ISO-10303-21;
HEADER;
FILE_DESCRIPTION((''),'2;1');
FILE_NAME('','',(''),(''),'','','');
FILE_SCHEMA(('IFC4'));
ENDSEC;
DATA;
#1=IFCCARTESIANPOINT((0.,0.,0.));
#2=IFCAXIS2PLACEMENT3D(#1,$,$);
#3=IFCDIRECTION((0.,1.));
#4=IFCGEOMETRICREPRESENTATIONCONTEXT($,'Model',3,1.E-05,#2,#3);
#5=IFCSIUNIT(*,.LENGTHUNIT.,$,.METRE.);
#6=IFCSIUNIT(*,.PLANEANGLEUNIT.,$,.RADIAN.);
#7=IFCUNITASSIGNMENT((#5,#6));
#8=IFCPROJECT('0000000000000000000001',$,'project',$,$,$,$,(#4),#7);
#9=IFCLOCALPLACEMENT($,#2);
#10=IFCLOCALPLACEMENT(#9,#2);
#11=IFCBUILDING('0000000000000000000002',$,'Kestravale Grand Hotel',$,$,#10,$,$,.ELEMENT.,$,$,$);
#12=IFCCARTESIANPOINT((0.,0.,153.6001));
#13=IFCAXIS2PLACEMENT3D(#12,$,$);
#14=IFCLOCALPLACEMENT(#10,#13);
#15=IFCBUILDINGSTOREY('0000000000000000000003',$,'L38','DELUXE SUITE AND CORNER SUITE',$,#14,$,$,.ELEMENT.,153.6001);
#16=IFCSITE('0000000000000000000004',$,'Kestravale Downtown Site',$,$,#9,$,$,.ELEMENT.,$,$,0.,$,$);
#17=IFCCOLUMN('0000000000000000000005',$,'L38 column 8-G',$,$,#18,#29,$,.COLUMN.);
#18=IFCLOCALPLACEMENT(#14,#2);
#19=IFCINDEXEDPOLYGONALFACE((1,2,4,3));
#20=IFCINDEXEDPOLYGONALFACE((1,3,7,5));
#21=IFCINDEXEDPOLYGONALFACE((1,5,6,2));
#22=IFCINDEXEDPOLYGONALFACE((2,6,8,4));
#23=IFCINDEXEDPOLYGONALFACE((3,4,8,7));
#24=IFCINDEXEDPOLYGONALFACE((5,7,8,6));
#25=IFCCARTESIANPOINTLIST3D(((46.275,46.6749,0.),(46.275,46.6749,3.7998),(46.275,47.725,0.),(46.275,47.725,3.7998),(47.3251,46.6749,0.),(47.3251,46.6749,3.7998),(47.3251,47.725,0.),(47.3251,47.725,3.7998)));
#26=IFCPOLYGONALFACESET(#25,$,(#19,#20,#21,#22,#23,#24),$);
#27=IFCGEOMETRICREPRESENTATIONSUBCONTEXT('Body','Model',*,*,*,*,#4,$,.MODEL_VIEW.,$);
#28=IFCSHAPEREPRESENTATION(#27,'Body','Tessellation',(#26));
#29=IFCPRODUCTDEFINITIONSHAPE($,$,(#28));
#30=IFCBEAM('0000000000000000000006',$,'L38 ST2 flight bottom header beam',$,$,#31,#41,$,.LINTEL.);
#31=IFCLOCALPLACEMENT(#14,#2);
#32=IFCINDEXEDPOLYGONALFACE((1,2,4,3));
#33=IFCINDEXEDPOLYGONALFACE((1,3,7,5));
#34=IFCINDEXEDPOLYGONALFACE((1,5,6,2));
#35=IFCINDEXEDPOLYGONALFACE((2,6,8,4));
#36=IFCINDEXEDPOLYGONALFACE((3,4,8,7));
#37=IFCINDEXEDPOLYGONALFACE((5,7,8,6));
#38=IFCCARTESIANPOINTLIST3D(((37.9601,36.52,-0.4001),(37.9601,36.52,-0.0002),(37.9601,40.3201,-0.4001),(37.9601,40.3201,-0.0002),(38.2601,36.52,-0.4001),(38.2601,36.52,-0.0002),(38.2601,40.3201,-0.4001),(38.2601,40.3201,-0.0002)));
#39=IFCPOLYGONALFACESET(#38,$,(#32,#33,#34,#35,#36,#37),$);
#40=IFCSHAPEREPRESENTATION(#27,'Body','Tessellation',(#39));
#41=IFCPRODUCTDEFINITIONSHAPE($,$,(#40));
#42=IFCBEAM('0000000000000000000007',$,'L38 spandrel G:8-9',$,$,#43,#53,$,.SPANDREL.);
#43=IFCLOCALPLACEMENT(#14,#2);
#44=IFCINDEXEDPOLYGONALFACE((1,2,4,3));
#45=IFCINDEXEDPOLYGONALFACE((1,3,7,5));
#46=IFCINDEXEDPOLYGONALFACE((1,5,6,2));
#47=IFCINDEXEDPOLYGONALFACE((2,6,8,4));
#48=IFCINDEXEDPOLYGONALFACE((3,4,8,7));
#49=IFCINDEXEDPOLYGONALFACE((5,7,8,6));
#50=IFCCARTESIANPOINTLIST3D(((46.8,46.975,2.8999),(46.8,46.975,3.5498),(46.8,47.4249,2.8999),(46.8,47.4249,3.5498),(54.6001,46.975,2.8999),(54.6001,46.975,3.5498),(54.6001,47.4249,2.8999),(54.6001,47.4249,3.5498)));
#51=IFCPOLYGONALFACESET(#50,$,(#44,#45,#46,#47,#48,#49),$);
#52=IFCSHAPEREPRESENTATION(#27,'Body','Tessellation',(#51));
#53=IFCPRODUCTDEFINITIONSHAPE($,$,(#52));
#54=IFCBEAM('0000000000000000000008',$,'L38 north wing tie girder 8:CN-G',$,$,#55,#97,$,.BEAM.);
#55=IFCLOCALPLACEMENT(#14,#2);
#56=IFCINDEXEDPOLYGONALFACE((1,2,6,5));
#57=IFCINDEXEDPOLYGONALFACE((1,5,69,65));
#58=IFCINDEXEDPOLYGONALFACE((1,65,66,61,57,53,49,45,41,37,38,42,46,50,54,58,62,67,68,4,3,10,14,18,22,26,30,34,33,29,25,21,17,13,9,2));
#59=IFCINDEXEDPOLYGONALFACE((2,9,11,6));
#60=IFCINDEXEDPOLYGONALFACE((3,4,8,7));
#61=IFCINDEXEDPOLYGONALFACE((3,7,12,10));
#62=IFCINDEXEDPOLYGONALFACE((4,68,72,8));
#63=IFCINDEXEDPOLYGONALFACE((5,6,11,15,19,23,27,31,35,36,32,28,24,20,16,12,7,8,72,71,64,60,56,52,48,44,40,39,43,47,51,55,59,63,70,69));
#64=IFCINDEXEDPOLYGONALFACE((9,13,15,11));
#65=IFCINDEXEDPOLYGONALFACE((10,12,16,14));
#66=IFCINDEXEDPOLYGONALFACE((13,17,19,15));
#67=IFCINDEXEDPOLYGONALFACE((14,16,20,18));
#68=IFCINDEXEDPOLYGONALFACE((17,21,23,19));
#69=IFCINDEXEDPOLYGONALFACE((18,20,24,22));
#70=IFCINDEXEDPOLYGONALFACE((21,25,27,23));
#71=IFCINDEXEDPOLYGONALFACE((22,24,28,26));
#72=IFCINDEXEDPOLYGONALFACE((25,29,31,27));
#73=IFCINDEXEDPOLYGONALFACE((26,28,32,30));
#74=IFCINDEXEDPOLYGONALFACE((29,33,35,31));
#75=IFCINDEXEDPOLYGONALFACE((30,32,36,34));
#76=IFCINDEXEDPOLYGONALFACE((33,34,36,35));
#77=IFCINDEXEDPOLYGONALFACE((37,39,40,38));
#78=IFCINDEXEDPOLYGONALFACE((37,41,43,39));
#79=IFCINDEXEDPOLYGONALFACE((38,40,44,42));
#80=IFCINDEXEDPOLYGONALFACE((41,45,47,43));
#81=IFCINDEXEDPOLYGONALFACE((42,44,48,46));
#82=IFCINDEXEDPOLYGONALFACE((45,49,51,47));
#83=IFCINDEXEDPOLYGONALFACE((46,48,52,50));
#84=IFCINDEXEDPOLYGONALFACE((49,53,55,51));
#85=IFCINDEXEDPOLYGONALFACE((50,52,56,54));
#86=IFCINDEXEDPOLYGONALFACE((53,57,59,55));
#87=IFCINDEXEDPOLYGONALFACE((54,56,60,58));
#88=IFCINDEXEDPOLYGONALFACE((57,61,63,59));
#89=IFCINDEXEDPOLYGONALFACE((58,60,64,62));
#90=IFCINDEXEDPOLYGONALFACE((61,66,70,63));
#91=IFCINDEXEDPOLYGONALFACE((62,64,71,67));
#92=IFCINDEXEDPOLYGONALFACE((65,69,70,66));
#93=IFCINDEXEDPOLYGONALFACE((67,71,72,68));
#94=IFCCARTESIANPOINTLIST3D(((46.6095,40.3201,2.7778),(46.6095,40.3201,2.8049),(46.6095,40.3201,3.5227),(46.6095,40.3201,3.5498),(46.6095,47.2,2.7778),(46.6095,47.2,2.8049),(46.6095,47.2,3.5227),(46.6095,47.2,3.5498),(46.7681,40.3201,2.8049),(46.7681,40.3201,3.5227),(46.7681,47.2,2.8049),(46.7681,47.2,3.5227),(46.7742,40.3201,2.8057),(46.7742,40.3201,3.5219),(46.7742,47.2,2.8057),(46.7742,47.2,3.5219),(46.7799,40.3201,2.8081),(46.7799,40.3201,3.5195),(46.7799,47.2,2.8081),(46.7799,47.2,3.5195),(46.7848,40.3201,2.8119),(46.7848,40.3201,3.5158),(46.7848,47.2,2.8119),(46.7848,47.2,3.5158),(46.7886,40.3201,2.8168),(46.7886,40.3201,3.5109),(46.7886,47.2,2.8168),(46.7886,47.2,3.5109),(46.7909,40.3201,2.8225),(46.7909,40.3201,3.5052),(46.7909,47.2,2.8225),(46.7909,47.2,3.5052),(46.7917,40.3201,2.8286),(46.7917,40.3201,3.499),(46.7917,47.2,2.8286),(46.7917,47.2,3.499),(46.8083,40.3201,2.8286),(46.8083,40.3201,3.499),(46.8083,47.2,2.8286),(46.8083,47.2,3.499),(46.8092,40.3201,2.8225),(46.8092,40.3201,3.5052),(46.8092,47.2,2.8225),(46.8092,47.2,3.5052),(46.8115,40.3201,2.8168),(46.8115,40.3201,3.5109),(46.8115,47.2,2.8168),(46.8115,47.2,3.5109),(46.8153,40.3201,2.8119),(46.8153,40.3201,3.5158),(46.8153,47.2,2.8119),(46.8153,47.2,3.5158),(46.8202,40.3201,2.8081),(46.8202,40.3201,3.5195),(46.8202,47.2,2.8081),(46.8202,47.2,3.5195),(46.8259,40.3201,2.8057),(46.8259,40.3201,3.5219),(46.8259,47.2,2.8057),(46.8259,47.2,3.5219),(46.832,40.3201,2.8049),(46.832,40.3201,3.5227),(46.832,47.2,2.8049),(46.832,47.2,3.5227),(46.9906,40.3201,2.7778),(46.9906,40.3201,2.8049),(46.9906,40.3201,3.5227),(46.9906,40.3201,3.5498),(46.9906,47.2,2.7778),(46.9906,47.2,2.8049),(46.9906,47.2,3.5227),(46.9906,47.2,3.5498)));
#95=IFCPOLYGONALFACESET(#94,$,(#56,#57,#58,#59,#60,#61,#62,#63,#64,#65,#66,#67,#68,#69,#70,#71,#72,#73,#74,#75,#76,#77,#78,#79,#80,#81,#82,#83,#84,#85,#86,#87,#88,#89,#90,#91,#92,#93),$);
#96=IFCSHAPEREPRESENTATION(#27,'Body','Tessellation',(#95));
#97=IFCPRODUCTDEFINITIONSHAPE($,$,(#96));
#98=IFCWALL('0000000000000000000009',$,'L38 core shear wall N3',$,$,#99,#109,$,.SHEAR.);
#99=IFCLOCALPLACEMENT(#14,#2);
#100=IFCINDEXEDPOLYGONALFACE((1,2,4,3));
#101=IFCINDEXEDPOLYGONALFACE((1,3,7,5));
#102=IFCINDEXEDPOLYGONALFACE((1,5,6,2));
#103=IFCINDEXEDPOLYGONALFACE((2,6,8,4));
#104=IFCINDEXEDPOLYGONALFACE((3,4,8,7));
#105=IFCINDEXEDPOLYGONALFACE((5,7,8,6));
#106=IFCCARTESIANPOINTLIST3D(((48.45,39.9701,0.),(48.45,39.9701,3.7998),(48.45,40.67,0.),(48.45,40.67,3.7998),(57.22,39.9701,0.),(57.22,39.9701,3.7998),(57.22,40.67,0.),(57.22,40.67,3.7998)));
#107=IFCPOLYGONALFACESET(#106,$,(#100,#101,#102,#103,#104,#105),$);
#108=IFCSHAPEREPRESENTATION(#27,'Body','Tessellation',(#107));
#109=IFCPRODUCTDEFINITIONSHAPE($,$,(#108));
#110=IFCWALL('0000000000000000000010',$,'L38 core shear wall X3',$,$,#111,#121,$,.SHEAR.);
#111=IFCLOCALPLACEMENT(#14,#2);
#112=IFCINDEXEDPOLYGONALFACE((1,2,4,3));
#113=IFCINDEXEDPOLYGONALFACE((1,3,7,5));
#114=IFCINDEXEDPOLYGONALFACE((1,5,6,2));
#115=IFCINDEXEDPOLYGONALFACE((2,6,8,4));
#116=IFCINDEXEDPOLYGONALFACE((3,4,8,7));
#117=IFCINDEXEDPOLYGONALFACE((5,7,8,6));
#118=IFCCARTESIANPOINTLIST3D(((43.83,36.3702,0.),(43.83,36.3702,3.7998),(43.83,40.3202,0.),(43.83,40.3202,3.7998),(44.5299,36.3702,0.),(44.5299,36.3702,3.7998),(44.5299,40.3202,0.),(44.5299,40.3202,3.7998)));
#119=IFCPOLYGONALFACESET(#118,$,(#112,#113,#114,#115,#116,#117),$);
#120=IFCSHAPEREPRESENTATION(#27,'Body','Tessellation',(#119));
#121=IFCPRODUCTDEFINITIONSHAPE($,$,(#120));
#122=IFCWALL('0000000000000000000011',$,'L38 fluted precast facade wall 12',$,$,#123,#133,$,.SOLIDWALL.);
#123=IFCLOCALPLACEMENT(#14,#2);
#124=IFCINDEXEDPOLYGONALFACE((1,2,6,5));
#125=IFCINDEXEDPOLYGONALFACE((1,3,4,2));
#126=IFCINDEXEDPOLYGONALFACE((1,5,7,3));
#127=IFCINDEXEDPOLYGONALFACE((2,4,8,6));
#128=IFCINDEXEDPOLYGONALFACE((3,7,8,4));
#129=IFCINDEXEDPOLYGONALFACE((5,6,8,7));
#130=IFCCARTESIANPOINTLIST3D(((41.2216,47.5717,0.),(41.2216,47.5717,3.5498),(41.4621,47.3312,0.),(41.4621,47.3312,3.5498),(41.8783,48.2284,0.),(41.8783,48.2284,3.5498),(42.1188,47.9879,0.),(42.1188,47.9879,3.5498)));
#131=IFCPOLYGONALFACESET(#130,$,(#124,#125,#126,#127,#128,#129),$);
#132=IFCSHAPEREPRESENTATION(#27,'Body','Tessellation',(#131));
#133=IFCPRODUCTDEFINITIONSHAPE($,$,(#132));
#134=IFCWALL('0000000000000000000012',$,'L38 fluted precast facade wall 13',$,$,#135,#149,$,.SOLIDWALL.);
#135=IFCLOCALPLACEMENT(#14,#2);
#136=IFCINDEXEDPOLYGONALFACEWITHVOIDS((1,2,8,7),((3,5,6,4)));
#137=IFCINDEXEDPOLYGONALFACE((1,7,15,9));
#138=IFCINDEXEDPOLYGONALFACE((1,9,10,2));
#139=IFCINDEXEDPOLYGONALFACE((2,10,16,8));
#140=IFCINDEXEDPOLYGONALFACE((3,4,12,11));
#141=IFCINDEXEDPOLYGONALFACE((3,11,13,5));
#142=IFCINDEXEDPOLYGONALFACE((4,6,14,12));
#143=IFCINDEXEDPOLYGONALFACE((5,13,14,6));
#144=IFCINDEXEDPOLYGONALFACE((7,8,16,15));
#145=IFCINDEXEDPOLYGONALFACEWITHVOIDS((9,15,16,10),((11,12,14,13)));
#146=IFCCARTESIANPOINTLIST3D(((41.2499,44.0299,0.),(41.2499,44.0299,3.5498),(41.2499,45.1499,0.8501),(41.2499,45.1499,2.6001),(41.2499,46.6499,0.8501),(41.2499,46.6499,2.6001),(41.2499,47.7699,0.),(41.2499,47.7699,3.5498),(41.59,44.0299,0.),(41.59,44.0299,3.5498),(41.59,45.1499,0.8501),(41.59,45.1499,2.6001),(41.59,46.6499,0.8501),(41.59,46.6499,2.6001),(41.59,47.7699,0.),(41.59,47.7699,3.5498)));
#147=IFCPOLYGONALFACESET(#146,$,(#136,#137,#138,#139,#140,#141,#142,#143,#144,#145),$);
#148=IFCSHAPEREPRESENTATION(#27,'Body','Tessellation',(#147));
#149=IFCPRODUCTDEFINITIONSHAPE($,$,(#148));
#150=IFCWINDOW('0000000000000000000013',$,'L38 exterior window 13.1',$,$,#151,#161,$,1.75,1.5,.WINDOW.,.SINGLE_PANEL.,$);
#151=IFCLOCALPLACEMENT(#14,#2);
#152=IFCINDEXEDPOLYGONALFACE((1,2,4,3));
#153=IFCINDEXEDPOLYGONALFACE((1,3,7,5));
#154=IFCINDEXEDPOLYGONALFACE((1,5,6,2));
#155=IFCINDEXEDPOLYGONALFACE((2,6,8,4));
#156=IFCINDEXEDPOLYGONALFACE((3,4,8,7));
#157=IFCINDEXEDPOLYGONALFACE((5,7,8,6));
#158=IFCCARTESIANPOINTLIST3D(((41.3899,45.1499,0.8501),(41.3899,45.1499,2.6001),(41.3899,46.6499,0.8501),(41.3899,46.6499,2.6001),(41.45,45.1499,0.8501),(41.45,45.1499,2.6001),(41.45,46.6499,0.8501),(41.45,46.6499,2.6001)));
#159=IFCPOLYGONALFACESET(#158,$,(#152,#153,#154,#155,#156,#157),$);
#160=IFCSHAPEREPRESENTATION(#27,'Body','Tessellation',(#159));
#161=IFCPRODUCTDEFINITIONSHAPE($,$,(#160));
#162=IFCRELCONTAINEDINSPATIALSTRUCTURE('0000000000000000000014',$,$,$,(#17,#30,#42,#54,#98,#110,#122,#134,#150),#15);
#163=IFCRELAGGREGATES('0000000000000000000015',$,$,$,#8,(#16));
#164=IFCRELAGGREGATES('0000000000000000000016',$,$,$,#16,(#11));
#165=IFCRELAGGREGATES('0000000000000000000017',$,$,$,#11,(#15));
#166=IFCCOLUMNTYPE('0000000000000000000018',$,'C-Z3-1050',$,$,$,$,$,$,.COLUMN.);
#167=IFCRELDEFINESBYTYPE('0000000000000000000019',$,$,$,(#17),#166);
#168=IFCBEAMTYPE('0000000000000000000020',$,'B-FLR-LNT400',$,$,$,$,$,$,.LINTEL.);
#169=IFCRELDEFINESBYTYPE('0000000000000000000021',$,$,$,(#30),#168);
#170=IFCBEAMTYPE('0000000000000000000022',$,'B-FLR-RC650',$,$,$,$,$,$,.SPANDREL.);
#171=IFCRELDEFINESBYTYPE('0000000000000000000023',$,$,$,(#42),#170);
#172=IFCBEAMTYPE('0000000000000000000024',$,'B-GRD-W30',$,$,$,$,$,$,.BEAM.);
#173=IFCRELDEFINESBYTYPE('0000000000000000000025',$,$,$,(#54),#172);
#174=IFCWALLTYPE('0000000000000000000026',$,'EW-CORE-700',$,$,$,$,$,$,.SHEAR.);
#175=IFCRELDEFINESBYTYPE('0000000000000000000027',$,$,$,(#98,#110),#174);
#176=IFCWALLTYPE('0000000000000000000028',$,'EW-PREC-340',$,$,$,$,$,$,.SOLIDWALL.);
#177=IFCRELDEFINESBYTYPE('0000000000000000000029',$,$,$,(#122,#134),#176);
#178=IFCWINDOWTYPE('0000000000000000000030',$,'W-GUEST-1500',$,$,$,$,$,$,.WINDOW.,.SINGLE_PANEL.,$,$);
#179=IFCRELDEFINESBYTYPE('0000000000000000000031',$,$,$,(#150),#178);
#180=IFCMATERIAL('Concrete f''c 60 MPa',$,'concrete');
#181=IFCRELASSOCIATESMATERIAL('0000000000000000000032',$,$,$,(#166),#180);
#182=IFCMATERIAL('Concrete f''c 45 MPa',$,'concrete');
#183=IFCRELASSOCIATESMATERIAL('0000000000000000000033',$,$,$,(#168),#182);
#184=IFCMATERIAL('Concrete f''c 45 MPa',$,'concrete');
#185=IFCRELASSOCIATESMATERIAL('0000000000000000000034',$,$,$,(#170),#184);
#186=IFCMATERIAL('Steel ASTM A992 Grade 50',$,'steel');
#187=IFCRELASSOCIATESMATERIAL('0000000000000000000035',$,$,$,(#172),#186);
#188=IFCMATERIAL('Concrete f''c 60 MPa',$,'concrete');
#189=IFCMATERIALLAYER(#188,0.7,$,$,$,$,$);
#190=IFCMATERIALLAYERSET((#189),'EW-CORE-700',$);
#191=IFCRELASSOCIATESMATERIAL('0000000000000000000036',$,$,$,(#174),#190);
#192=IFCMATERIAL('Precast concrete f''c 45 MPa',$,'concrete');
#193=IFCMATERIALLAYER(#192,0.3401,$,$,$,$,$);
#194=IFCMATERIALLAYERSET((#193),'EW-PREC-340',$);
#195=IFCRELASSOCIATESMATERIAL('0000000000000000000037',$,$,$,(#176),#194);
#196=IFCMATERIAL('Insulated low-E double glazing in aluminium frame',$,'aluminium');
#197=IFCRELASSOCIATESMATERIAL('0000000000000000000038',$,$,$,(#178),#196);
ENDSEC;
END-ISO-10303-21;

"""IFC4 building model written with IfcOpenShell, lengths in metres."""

from ifc_helpers import new_model, si_unit, direction, frame, frame_2d, origin, origin_2d, place, context, subcontext, project, spatial, rectangle, i_section, extrude, material, layer, layer_set, material_profile, profile_set, type_object, element, fill, save


model = new_model("IFC4")

# Units and contexts
model_context = context("Model", 3, precision=1e-05, world=origin(), true_north=direction((0.0, 1.0)))
body_context = subcontext(model_context, "Body", "Model", "MODEL_VIEW")
ifc_project = project(units=[si_unit("LENGTHUNIT", "METRE"), si_unit("PLANEANGLEUNIT", "RADIAN")], contexts=[model_context])

# Site, building, storey
site_placement = place(None, origin())
site = spatial("IfcSite", under=ifc_project, at=site_placement, Name="Kestravale Downtown Site", CompositionType="ELEMENT", RefElevation=0.0)
building_placement = place(site_placement, origin())
building = spatial("IfcBuilding", under=site, at=building_placement, Name="Kestravale Grand Hotel", CompositionType="ELEMENT")
storey_placement = place(building_placement, frame((0.0, 0.0, 153.6001)))
storey = spatial("IfcBuildingStorey", under=building, at=storey_placement, Name="L38", Description="DELUXE SUITE AND CORNER SUITE", CompositionType="ELEMENT", Elevation=153.6001)

# Column
ifc_material_1 = material(Name="Concrete f'c 60 MPa", Category="concrete")
ifc_material_profile_1 = material_profile(ifc_material_1, rectangle(XDim=1.05, YDim=1.05, at=origin_2d()))
ifc_profile_set_1 = profile_set([ifc_material_profile_1], Name="Concrete f'c 60 MPa")
column_type = type_object("IfcColumnType", Name="C-Z3-1050", PredefinedType="COLUMN", material=ifc_profile_set_1)
column_placement = place(storey_placement, frame((46.8, 47.2, 0.0), z_axis=(0.0, 0.0, 1.0), x_axis=(1.0, 0.0, 0.0)))
element("IfcColumn", 1, at=column_placement, inside=storey, type_object=column_type, Name="L38 column 8-G", PredefinedType="COLUMN", context=body_context, shape_type="SweptSolid", body=[
    extrude(rectangle(XDim=1.05, YDim=1.05, at=origin_2d()), origin(), (0.0, 0.0, 1.0), 3.7998),
])

# Beams
ifc_material_2 = material(Name="Concrete f'c 45 MPa", Category="concrete")
ifc_material_profile_2 = material_profile(ifc_material_2, rectangle(XDim=0.3, YDim=0.3999, at=origin_2d()))
ifc_profile_set_2 = profile_set([ifc_material_profile_2], Name="Concrete f'c 45 MPa")
beam_type_1 = type_object("IfcBeamType", Name="B-FLR-LNT400", PredefinedType="LINTEL", material=ifc_profile_set_2)
beam_1_placement = place(storey_placement, frame((38.1101, 36.52, -0.2002), z_axis=(0.0, 1.0, 0.0), x_axis=(-1.0, 0.0, 0.0)))
element("IfcBeam", 2, at=beam_1_placement, inside=storey, type_object=beam_type_1, Name="L38 ST2 flight bottom header beam", PredefinedType="LINTEL", context=body_context, shape_type="SweptSolid", body=[
    extrude(rectangle(XDim=0.3, YDim=0.3999, at=origin_2d()), origin(), (0.0, 0.0, 1.0), 3.8),
])
ifc_material_3 = material(Name="Concrete f'c 45 MPa", Category="concrete")
ifc_material_profile_3 = material_profile(ifc_material_3, rectangle(XDim=0.45, YDim=0.6499, at=origin_2d()))
ifc_profile_set_3 = profile_set([ifc_material_profile_3], Name="Concrete f'c 45 MPa")
beam_type_2 = type_object("IfcBeamType", Name="B-FLR-RC650", PredefinedType="SPANDREL", material=ifc_profile_set_3)
beam_2_placement = place(storey_placement, frame((46.8, 47.2, 3.2249), z_axis=(1.0, 0.0, 0.0), x_axis=(0.0, 1.0, 0.0)))
element("IfcBeam", 3, at=beam_2_placement, inside=storey, type_object=beam_type_2, Name="L38 spandrel G:8-9", PredefinedType="SPANDREL", context=body_context, shape_type="SweptSolid", body=[
    extrude(rectangle(XDim=0.45, YDim=0.6499, at=origin_2d()), origin(), (0.0, 0.0, 1.0), 7.8),
])
ifc_material_4 = material(Name="Steel ASTM A992 Grade 50", Category="steel")
ifc_material_profile_4 = material_profile(ifc_material_4, i_section(OverallWidth=0.3811, OverallDepth=0.772, WebThickness=0.0166, FlangeThickness=0.0271, FilletRadius=0.0237, at=origin_2d()))
ifc_profile_set_4 = profile_set([ifc_material_profile_4], Name="Steel ASTM A992 Grade 50")
beam_type_3 = type_object("IfcBeamType", Name="B-GRD-W30", PredefinedType="BEAM", material=ifc_profile_set_4)
beam_3_placement = place(storey_placement, frame((46.8, 40.3201, 3.1638), z_axis=(0.0, 1.0, 0.0), x_axis=(-1.0, 0.0, 0.0)))
element("IfcBeam", 4, at=beam_3_placement, inside=storey, type_object=beam_type_3, Name="L38 north wing tie girder 8:CN-G", PredefinedType="BEAM", context=body_context, shape_type="SweptSolid", body=[
    extrude(i_section(OverallWidth=0.3811, OverallDepth=0.772, WebThickness=0.0166, FlangeThickness=0.0271, FilletRadius=0.0237, at=origin_2d()), origin(), (0.0, 0.0, 1.0), 6.8799),
])

# Walls
ifc_material_5 = material(Name="Concrete f'c 60 MPa", Category="concrete")
ifc_layer_1 = layer(ifc_material_5, 0.7)
ifc_layer_set_1 = layer_set([ifc_layer_1], Name="EW-CORE-700")
wall_type_1 = type_object("IfcWallType", Name="EW-CORE-700", PredefinedType="SHEAR", material=ifc_layer_set_1)
wall_1_placement = place(storey_placement, frame((48.45, 40.3201, 0.0), z_axis=(0.0, 0.0, 1.0), x_axis=(1.0, 0.0, 0.0)))
element("IfcWall", 5, at=wall_1_placement, inside=storey, type_object=wall_type_1, Name="L38 core shear wall N3", PredefinedType="SHEAR", context=body_context, shape_type="SweptSolid", body=[
    extrude(rectangle(XDim=8.77, YDim=0.7, at=frame_2d((4.385, 0.0))), origin(), (0.0, 0.0, 1.0), 3.7998),
])
wall_2_placement = place(storey_placement, frame((44.1799, 36.3701, 0.0), z_axis=(0.0, 0.0, 1.0), x_axis=(0.0, 1.0, 0.0)))
element("IfcWall", 6, at=wall_2_placement, inside=storey, type_object=wall_type_1, Name="L38 core shear wall X3", PredefinedType="SHEAR", context=body_context, shape_type="SweptSolid", body=[
    extrude(rectangle(XDim=3.95, YDim=0.7, at=frame_2d((1.9751, 0.0))), origin(), (0.0, 0.0, 1.0), 3.7998),
])
ifc_material_6 = material(Name="Precast concrete f'c 45 MPa", Category="concrete")
ifc_layer_2 = layer(ifc_material_6, 0.3401)
ifc_layer_set_2 = layer_set([ifc_layer_2], Name="EW-PREC-340")
wall_type_2 = type_object("IfcWallType", Name="EW-PREC-340", PredefinedType="SOLIDWALL", material=ifc_layer_set_2)
wall_3_placement = place(storey_placement, frame((41.9985, 48.1082, 0.0), z_axis=(0.0, 0.0, 1.0), x_axis=(-0.707107, -0.707107, 0.0)))
element("IfcWall", 7, at=wall_3_placement, inside=storey, type_object=wall_type_2, Name="L38 fluted precast facade wall 12", PredefinedType="SOLIDWALL", context=body_context, shape_type="SweptSolid", body=[
    extrude(rectangle(XDim=0.9287, YDim=0.3401, at=frame_2d((0.4644, 0.0))), origin(), (0.0, 0.0, 1.0), 3.5498),
])

# Wall, opening, window
wall_4_placement = place(storey_placement, frame((41.4199, 47.77, 0.0), z_axis=(0.0, 0.0, 1.0), x_axis=(0.0, -1.0, 0.0)))
wall_4 = element("IfcWall", 8, at=wall_4_placement, inside=storey, type_object=wall_type_2, Name="L38 fluted precast facade wall 13", PredefinedType="SOLIDWALL", context=body_context, shape_type="SweptSolid", body=[
    extrude(rectangle(XDim=3.74, YDim=0.3401, at=frame_2d((1.8701, 0.0))), origin(), (0.0, 0.0, 1.0), 3.5498),
])
opening_1_placement = place(wall_4_placement, frame((1.1201, 0.0, 0.8501)))
opening_1 = element("IfcOpeningElement", 9, at=opening_1_placement, cuts=wall_4, PredefinedType="OPENING", context=body_context, shape_type="SweptSolid", body=[
    extrude(rectangle(XDim=1.5, YDim=1.75, at=frame_2d((0.75, 0.875))), frame((0.0, 0.1799, 0.0), z_axis=(0.0, -1.0, 0.0), x_axis=(1.0, 0.0, 0.0)), (0.0, 0.0, 1.0), 0.3601),
])
ifc_material_7 = material(Name="Insulated low-E double glazing in aluminium frame", Category="aluminium")
window_type = type_object("IfcWindowType", Name="W-GUEST-1500", PartitioningType="SINGLE_PANEL", PredefinedType="WINDOW", material=ifc_material_7)
window_1_placement = place(opening_1_placement, origin())
window_1 = element("IfcWindow", 10, at=window_1_placement, inside=storey, type_object=window_type, Name="L38 exterior window 13.1", OverallHeight=1.75, OverallWidth=1.5, PartitioningType="SINGLE_PANEL", PredefinedType="WINDOW", context=body_context, shape_type="SweptSolid", body=[
    extrude(rectangle(XDim=1.5, YDim=1.75, at=frame_2d((0.75, 0.875))), frame((0.0, 0.03, 0.0), z_axis=(0.0, -1.0, 0.0), x_axis=(1.0, 0.0, 0.0)), (0.0, 0.0, 1.0), 0.0601),
])
fill(opening_1, window_1)

save(model, "model.ifc")
